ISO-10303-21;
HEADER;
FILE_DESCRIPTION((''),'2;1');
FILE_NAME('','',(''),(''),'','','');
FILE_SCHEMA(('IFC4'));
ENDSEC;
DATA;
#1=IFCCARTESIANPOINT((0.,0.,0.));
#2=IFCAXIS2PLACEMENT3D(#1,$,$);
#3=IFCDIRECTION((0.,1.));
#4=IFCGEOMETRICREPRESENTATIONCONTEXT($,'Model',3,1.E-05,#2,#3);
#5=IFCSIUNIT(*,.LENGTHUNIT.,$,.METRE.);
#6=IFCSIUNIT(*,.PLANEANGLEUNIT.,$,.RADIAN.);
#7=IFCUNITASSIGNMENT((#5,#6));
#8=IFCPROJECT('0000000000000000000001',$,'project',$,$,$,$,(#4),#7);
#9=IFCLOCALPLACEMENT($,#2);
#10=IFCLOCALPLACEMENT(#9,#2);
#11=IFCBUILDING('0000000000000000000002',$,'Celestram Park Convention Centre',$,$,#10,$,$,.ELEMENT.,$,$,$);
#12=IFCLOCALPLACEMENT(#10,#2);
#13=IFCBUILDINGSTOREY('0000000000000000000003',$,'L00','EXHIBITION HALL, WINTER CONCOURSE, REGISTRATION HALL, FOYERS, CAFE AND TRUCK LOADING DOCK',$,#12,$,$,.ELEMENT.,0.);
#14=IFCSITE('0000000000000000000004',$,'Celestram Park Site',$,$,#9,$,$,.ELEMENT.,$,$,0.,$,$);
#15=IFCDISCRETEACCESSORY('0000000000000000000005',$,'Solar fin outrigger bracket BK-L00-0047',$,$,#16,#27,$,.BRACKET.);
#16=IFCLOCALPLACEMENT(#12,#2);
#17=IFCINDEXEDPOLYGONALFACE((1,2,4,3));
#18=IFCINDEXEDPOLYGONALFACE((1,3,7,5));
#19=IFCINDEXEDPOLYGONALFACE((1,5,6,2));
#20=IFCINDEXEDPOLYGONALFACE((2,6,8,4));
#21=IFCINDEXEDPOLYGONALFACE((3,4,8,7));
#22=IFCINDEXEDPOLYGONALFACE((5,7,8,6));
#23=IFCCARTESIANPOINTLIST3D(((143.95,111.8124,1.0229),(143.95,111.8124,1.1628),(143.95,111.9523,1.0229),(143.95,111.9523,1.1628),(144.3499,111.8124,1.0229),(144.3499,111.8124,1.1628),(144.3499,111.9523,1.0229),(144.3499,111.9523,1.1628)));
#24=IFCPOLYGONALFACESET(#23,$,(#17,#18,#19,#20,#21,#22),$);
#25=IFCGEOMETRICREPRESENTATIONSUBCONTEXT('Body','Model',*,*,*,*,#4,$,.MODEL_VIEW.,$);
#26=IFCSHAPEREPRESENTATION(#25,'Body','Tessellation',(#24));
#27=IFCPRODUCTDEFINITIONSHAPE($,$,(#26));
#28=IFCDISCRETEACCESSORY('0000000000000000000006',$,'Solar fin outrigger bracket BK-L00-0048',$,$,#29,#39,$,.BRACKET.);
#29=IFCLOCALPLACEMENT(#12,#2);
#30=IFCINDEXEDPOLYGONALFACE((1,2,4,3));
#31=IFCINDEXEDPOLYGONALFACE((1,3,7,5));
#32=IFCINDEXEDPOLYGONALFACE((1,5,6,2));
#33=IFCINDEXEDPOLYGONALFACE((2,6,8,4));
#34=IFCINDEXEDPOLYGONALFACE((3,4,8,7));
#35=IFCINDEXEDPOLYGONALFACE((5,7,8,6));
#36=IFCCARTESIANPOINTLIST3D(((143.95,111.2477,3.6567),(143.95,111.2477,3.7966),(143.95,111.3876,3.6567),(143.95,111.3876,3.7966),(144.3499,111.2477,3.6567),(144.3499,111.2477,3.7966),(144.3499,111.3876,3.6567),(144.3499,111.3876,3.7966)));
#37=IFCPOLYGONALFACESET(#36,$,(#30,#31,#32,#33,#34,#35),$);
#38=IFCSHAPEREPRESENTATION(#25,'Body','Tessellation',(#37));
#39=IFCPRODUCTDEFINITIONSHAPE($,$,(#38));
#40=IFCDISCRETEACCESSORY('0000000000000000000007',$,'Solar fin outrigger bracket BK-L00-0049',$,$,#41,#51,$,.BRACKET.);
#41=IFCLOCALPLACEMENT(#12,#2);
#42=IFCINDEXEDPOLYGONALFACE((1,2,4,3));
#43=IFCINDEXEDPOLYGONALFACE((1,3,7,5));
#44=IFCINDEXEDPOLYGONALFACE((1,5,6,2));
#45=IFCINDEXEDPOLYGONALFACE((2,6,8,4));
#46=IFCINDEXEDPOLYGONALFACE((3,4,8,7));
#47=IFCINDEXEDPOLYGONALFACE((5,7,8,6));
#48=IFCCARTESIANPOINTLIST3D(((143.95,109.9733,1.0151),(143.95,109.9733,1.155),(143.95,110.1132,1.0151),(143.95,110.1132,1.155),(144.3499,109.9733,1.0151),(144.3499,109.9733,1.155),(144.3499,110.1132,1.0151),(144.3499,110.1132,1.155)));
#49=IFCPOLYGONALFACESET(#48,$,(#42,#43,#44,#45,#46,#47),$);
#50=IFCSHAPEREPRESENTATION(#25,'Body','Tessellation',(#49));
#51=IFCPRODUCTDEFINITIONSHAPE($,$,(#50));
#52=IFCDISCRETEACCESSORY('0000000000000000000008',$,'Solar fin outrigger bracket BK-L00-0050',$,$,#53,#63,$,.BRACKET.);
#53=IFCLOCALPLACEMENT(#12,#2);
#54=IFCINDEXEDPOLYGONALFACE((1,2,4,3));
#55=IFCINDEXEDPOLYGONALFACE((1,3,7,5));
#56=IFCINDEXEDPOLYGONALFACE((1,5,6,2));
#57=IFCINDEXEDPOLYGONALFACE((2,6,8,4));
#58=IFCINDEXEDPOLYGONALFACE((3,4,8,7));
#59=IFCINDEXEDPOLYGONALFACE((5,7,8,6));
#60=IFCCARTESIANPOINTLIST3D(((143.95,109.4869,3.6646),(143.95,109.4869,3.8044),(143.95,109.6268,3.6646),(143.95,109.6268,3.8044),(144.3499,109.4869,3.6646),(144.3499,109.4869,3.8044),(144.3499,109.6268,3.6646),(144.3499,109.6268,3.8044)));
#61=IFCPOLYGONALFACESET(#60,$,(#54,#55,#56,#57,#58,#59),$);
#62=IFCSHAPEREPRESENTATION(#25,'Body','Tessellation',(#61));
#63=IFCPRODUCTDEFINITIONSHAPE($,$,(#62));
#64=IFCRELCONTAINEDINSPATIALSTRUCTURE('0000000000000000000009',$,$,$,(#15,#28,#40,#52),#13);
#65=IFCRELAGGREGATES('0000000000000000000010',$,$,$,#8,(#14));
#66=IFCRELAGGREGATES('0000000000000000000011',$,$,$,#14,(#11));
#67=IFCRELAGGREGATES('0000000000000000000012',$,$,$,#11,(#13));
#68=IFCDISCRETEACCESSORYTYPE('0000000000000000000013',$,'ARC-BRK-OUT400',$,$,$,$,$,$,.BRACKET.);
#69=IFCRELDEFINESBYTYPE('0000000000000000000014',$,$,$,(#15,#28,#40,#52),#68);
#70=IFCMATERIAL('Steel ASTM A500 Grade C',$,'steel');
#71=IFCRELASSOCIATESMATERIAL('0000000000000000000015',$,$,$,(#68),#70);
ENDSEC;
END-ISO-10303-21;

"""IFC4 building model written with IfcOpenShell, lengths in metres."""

from ifc_helpers import new_model, si_unit, direction, frame, origin, origin_2d, place, context, subcontext, project, spatial, rectangle, extrude, material, type_object, element, save


model = new_model("IFC4")

# Units and contexts
model_context = context("Model", 3, precision=1e-05, world=origin(), true_north=direction((0.0, 1.0)))
body_context = subcontext(model_context, "Body", "Model", "MODEL_VIEW")
ifc_project = project(units=[si_unit("LENGTHUNIT", "METRE"), si_unit("PLANEANGLEUNIT", "RADIAN")], contexts=[model_context])

# Site, building, storey
site_placement = place(None, origin())
site = spatial("IfcSite", under=ifc_project, at=site_placement, Name="Celestram Park Site", CompositionType="ELEMENT", RefElevation=0.0)
building_placement = place(site_placement, origin())
building = spatial("IfcBuilding", under=site, at=building_placement, Name="Celestram Park Convention Centre", CompositionType="ELEMENT")
storey_placement = place(building_placement, origin())
storey = spatial("IfcBuildingStorey", under=building, at=storey_placement, Name="L00", Description="EXHIBITION HALL, WINTER CONCOURSE, REGISTRATION HALL, FOYERS, CAFE AND TRUCK LOADING DOCK", CompositionType="ELEMENT", Elevation=0.0)

# Discrete accessories
ifc_material_1 = material(Name="Steel ASTM A500 Grade C", Category="steel")
discrete_accessory_type = type_object("IfcDiscreteAccessoryType", Name="ARC-BRK-OUT400", PredefinedType="BRACKET", material=ifc_material_1)
for number, where, z_axis, x_axis, name in (
    (1, (144.1499, 111.8823, 1.0229), (0.0, 0.0, 1.0), (1.0, 0.0, 0.0), "Solar fin outrigger bracket BK-L00-0047"),
    (2, (144.1499, 111.3176, 3.6567), (0.0, 0.0, 1.0), (1.0, 0.0, 0.0), "Solar fin outrigger bracket BK-L00-0048"),
    (3, (144.1499, 110.0432, 1.0151), (0.0, 0.0, 1.0), (1.0, 0.0, 0.0), "Solar fin outrigger bracket BK-L00-0049"),
    (4, (144.1499, 109.5569, 3.6646), (0.0, 0.0, 1.0), (1.0, 0.0, 0.0), "Solar fin outrigger bracket BK-L00-0050"),
):
    element("IfcDiscreteAccessory", number, at=place(storey_placement, frame(where, z_axis=z_axis, x_axis=x_axis)), inside=storey, type_object=discrete_accessory_type, Name=name, PredefinedType="BRACKET", context=body_context, shape_type="SweptSolid", body=[
        extrude(rectangle(XDim=0.3999, YDim=0.1399, at=origin_2d()), origin(), (0.0, 0.0, 1.0), 0.1399),
    ])

save(model, "model.ifc")
